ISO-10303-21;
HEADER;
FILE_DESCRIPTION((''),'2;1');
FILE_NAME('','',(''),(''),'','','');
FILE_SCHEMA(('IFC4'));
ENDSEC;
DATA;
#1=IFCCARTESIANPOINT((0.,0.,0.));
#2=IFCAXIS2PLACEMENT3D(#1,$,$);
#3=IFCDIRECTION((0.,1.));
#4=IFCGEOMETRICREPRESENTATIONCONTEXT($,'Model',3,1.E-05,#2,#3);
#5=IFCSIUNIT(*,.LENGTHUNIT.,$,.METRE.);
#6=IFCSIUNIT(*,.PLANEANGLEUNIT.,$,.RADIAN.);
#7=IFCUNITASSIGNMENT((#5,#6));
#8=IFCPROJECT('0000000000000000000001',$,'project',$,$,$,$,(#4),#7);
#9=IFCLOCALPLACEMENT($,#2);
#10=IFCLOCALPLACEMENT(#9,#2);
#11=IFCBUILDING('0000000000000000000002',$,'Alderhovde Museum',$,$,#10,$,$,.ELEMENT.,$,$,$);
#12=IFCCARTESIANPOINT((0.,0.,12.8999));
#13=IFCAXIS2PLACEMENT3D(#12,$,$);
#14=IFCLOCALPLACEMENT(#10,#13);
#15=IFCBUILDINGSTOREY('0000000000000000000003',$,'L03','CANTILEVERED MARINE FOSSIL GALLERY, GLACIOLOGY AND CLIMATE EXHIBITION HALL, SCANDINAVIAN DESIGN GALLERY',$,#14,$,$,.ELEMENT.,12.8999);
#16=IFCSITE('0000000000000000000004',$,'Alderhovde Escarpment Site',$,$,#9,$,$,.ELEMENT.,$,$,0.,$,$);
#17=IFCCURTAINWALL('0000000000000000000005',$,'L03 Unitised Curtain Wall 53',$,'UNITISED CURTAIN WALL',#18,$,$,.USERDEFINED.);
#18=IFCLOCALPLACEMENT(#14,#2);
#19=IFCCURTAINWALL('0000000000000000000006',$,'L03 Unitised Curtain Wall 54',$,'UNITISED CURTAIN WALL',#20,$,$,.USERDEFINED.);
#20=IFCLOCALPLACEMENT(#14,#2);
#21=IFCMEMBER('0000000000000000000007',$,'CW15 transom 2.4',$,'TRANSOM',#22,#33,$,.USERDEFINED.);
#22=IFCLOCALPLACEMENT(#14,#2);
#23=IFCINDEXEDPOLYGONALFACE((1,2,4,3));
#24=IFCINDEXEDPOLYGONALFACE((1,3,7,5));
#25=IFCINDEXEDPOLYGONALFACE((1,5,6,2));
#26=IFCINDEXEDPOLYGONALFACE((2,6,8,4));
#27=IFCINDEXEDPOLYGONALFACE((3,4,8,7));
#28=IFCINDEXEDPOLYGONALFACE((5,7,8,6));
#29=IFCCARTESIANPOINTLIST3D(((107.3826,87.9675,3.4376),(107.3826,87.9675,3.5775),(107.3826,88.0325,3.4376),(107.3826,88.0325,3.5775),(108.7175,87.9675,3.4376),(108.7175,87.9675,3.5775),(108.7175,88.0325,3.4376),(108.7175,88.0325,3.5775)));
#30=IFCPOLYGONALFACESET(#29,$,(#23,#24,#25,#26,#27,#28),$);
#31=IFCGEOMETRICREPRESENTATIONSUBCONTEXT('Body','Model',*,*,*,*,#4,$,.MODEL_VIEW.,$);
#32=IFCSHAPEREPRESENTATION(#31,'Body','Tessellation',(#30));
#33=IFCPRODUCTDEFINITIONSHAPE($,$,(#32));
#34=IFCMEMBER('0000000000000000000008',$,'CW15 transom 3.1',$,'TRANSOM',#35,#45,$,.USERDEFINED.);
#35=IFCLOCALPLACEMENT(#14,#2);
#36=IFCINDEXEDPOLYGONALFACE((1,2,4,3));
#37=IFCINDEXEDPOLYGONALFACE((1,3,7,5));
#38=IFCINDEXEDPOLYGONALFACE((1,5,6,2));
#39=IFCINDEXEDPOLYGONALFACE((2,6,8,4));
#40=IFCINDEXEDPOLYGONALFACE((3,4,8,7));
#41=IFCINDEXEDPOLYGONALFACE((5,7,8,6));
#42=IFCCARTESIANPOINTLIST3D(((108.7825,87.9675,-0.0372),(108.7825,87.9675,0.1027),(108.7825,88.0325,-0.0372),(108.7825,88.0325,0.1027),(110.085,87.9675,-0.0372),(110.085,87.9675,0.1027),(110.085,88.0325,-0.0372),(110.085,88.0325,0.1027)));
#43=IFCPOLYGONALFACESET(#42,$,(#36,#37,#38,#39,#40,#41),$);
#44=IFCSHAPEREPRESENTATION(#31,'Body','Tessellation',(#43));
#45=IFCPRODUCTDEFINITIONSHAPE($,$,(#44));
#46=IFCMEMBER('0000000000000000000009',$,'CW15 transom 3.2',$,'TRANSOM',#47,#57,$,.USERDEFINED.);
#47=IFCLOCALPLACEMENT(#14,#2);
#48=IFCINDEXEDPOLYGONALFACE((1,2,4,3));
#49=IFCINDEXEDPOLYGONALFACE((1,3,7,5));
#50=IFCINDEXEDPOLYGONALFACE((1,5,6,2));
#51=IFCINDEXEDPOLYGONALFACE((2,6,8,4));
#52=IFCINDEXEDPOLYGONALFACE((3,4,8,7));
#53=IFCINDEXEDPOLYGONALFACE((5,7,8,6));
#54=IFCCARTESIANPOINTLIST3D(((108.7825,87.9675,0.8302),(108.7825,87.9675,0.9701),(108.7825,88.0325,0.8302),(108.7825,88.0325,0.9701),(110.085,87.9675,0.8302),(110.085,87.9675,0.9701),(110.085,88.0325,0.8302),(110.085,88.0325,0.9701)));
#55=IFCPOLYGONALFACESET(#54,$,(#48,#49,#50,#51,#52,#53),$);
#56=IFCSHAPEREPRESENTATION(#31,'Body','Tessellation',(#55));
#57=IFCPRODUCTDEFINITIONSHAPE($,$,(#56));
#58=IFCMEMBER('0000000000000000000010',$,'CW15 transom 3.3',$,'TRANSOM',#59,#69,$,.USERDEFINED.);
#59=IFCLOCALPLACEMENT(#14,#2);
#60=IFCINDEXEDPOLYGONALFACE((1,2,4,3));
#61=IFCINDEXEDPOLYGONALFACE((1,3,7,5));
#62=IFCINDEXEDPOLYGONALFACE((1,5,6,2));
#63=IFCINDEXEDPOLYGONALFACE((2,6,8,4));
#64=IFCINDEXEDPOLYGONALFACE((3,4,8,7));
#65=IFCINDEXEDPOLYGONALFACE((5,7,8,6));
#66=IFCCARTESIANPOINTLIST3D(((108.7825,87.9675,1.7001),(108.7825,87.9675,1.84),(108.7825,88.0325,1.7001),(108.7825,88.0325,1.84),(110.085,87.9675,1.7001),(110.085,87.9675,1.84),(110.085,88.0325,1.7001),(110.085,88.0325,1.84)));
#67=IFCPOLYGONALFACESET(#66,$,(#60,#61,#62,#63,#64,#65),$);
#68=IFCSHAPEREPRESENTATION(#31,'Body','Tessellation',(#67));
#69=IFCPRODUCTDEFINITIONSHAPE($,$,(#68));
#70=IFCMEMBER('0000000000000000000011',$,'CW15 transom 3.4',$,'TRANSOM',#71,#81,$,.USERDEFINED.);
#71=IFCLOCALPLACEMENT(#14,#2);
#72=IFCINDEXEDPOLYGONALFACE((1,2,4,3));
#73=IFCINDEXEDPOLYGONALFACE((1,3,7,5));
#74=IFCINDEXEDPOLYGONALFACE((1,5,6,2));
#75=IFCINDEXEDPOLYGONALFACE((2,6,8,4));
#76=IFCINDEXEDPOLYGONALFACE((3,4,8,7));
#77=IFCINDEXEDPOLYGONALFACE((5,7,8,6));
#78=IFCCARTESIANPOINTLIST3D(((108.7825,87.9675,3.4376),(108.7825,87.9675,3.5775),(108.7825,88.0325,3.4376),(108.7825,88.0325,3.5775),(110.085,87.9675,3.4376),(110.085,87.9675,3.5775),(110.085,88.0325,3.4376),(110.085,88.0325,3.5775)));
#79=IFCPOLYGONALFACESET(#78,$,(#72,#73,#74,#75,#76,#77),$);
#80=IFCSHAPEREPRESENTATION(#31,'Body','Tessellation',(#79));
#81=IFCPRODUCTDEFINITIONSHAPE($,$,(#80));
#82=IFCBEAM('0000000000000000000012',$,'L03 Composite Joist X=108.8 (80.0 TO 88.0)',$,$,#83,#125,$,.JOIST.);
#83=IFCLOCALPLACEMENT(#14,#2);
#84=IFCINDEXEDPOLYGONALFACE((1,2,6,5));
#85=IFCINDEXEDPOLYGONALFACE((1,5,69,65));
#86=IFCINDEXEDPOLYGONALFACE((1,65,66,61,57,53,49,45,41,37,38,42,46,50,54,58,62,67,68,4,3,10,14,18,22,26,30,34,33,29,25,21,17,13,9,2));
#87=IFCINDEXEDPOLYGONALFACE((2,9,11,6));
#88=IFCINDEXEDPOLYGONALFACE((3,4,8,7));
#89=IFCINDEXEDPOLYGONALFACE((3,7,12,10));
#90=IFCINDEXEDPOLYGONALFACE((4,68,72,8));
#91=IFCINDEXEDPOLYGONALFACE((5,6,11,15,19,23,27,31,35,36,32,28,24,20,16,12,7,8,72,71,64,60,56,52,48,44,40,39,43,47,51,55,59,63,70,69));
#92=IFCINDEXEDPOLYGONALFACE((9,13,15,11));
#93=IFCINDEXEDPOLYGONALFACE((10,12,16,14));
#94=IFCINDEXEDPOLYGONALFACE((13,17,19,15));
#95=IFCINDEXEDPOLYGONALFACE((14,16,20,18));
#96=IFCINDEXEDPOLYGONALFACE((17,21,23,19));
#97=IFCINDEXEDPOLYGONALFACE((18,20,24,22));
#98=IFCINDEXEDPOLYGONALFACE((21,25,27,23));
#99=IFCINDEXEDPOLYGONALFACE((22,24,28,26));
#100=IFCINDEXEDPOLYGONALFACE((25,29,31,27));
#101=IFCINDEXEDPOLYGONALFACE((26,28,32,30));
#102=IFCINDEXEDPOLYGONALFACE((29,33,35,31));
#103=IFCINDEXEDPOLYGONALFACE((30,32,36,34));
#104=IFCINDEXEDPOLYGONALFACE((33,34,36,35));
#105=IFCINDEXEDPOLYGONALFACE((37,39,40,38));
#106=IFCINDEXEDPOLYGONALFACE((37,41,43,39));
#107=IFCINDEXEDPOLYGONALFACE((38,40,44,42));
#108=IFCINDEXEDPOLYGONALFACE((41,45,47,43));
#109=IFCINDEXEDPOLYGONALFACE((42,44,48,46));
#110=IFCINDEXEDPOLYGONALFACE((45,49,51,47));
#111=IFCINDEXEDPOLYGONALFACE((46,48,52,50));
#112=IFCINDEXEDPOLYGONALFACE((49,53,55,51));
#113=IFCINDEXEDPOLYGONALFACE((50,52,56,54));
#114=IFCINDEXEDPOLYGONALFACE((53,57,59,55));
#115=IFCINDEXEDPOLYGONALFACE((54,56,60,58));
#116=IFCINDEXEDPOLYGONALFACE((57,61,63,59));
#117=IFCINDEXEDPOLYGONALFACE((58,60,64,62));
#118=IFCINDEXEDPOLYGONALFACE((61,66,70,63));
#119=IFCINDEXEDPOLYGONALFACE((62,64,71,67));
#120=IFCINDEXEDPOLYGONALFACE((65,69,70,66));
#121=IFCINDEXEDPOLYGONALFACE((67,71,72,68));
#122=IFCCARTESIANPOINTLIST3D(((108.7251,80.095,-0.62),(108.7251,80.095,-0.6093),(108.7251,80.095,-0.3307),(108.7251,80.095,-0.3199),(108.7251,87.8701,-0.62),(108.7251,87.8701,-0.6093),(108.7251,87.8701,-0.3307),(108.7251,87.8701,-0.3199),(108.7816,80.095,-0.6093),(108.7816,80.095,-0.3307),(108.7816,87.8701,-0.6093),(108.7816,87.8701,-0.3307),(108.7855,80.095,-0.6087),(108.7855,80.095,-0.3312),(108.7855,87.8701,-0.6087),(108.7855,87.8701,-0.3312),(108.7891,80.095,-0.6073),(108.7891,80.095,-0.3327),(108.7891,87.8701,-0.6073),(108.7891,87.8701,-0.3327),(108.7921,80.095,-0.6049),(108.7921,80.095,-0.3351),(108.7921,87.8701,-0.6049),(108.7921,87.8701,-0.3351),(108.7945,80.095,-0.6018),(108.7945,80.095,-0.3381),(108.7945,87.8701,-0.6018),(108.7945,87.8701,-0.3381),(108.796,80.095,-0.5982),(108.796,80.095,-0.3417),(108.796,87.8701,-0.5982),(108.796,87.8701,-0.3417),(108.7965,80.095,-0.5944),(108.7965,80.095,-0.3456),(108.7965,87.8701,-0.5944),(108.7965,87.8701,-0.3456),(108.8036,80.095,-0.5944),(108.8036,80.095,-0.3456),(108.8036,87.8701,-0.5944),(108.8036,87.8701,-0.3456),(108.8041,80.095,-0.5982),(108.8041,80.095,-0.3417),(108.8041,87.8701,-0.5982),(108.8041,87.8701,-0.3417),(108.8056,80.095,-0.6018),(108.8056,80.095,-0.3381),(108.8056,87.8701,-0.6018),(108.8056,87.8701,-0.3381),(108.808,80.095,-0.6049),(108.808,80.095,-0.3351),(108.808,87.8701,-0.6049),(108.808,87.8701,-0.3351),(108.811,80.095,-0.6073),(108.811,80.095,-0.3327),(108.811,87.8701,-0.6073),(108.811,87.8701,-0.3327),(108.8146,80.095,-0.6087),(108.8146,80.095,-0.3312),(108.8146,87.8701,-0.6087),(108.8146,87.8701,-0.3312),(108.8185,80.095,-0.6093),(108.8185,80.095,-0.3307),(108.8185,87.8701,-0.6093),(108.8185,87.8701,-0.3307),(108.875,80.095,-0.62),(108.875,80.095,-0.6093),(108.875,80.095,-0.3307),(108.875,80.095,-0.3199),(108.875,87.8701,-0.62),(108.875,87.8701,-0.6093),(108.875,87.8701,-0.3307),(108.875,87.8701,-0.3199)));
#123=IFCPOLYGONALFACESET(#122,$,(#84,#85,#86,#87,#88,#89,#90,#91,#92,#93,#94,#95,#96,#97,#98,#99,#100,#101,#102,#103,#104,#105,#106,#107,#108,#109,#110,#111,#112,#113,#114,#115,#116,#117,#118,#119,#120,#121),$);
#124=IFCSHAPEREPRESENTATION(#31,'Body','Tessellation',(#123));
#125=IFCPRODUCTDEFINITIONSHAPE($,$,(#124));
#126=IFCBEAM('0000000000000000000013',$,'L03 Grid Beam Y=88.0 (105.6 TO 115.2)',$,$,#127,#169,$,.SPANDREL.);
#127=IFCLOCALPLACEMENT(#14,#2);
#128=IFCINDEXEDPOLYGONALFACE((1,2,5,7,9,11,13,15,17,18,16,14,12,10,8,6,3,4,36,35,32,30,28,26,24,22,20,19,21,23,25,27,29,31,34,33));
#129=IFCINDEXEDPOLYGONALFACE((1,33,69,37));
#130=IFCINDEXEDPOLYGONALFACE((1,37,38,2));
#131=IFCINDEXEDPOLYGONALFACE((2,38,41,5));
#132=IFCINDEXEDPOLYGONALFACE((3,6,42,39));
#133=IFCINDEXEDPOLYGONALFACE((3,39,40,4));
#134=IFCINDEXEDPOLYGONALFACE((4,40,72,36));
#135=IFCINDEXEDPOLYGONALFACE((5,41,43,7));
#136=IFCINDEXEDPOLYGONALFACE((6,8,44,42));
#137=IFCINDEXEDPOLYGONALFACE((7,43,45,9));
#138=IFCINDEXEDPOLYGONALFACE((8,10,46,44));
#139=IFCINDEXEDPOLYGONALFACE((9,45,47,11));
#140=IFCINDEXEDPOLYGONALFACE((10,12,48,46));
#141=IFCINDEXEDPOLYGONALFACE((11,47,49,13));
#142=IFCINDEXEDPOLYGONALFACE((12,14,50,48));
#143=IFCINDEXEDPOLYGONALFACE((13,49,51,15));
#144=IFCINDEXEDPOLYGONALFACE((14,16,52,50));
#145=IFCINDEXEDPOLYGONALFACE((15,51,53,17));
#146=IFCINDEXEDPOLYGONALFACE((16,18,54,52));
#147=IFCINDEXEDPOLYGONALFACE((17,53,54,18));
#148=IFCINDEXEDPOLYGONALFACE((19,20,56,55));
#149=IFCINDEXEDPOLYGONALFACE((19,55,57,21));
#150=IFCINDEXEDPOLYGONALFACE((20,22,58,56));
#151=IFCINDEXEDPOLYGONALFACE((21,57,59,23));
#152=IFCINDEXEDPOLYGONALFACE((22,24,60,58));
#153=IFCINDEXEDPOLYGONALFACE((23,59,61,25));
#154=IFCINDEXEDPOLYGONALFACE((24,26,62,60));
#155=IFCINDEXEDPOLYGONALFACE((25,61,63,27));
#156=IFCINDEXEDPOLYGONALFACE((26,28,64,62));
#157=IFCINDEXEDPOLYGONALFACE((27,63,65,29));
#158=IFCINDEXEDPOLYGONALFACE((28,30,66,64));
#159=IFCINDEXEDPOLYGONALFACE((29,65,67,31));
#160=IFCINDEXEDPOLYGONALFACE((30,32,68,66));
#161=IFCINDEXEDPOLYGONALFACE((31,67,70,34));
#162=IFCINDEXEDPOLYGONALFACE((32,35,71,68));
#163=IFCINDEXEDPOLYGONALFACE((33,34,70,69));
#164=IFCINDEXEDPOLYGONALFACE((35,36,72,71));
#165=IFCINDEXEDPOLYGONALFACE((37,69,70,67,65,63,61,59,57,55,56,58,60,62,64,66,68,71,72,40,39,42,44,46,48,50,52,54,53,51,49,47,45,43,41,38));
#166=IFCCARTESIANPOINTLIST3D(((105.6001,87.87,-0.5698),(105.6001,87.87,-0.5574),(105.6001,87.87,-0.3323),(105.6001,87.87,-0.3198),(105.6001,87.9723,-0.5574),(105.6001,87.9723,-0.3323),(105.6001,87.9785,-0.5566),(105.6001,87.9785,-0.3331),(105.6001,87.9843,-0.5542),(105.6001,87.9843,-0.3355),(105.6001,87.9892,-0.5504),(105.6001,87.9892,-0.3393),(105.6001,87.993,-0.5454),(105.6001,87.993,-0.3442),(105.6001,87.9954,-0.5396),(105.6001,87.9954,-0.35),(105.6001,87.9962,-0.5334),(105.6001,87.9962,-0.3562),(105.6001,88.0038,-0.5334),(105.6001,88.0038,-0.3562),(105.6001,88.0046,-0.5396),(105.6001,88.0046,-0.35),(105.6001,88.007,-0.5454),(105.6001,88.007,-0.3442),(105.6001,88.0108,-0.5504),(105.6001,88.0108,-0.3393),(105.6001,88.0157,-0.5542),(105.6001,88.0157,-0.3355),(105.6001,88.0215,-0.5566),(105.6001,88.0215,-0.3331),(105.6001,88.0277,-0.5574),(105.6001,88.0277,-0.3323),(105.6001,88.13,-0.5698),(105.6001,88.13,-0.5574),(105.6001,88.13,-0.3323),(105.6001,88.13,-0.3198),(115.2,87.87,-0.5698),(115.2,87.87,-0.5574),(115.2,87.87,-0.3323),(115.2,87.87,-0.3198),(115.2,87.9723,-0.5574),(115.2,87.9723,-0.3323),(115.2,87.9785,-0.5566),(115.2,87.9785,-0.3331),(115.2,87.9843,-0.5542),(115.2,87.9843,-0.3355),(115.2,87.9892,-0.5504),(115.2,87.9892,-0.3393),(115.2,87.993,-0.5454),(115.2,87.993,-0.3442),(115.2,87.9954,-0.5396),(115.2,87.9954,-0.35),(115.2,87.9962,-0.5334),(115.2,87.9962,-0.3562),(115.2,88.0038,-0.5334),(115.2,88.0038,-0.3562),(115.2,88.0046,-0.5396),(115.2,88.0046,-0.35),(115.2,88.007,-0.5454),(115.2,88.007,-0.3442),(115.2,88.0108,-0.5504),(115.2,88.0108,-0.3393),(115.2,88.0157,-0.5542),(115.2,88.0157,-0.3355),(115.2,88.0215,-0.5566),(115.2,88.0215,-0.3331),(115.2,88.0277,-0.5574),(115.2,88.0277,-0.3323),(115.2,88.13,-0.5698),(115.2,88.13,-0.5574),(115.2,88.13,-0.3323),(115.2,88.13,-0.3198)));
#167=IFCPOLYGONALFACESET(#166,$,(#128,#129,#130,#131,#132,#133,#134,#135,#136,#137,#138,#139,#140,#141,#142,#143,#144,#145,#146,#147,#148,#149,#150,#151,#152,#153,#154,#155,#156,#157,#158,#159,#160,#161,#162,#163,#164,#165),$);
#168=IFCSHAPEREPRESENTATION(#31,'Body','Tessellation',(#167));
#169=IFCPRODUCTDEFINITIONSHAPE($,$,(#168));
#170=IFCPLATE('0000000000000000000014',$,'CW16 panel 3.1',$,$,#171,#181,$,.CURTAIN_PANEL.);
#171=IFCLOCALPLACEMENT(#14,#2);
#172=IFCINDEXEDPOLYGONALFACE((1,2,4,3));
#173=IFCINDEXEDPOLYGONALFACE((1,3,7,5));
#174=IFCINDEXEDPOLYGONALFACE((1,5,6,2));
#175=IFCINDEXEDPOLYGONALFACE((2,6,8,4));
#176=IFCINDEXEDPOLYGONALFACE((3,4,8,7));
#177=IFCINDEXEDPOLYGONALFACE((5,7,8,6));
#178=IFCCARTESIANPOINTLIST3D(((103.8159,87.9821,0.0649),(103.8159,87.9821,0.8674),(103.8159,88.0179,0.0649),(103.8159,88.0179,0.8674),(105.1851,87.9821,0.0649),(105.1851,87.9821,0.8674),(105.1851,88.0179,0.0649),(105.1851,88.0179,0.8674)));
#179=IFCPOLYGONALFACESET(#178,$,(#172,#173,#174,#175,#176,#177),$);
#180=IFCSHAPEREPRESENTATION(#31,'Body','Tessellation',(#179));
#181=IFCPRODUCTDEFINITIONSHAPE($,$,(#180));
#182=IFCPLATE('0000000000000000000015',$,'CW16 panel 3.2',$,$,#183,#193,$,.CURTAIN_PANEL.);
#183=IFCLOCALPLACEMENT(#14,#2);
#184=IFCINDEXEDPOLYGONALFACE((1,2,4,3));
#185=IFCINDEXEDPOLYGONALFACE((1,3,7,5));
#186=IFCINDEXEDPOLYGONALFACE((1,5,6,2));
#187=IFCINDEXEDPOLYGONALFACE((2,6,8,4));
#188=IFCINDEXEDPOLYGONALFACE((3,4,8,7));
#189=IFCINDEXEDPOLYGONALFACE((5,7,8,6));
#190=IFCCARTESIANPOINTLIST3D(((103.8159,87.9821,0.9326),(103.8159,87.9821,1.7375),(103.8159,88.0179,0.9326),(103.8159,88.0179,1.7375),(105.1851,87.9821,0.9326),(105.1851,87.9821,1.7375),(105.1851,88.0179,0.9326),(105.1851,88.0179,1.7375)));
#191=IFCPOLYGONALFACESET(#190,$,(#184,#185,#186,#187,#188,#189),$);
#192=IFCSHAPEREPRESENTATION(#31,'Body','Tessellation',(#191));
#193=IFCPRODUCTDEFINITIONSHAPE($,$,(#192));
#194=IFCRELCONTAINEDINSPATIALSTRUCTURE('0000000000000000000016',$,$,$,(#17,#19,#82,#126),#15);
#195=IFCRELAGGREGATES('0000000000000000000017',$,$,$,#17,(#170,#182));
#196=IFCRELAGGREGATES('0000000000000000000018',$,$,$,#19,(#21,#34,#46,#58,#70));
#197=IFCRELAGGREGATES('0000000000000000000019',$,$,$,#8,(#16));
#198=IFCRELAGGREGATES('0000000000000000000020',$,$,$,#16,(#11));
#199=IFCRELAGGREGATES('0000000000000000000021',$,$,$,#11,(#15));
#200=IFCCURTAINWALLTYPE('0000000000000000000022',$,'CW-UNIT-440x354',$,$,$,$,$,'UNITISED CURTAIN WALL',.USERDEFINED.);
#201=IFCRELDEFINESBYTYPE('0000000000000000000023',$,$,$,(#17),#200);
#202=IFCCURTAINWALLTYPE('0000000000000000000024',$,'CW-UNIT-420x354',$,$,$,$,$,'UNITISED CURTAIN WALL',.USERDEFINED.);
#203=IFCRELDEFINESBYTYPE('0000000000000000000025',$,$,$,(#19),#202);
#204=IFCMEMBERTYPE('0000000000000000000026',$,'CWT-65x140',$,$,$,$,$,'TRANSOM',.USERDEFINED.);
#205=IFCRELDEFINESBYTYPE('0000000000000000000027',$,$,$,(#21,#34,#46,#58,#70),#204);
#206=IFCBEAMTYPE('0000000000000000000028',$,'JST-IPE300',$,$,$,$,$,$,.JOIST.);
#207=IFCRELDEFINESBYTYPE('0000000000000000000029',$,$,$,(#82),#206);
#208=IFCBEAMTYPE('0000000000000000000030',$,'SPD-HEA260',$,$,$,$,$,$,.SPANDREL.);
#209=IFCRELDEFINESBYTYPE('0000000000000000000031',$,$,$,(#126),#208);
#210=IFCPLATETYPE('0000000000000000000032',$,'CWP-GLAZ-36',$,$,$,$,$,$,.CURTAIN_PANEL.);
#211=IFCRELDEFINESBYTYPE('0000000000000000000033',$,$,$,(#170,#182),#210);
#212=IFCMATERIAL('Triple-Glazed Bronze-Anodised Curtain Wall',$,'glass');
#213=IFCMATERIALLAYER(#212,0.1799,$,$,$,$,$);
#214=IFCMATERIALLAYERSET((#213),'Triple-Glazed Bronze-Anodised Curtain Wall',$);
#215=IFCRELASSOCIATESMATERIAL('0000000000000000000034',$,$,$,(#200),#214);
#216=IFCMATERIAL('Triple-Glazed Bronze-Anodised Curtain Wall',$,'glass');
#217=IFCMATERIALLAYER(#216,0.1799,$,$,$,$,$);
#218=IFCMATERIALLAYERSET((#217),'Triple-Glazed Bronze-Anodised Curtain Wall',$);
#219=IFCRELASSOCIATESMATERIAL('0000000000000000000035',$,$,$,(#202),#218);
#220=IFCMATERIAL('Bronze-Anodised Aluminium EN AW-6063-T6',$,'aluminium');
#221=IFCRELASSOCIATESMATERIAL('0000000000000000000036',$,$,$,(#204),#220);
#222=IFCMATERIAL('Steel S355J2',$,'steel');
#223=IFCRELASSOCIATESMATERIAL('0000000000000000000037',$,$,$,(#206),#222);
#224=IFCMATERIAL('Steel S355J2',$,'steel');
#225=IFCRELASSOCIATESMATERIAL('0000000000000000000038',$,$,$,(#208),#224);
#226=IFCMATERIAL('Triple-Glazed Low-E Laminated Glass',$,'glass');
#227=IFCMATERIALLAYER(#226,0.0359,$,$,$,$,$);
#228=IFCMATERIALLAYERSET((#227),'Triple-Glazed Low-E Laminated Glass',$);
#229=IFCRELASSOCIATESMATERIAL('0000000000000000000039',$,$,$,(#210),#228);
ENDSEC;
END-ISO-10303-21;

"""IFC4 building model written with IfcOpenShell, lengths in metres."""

from ifc_helpers import new_model, si_unit, direction, frame, origin, origin_2d, place, context, subcontext, project, spatial, rectangle, i_section, extrude, material, layer, layer_set, material_profile, profile_set, type_object, element, aggregate, save


model = new_model("IFC4")

# Units and contexts
model_context = context("Model", 3, precision=1e-05, world=origin(), true_north=direction((0.0, 1.0)))
body_context = subcontext(model_context, "Body", "Model", "MODEL_VIEW")
ifc_project = project(units=[si_unit("LENGTHUNIT", "METRE"), si_unit("PLANEANGLEUNIT", "RADIAN")], contexts=[model_context])

# Site, building, storey
site_placement = place(None, origin())
site = spatial("IfcSite", under=ifc_project, at=site_placement, Name="Alderhovde Escarpment Site", CompositionType="ELEMENT", RefElevation=0.0)
building_placement = place(site_placement, origin())
building = spatial("IfcBuilding", under=site, at=building_placement, Name="Alderhovde Museum", CompositionType="ELEMENT")
storey_placement = place(building_placement, frame((0.0, 0.0, 12.8999)))
storey = spatial("IfcBuildingStorey", under=building, at=storey_placement, Name="L03", Description="CANTILEVERED MARINE FOSSIL GALLERY, GLACIOLOGY AND CLIMATE EXHIBITION HALL, SCANDINAVIAN DESIGN GALLERY", CompositionType="ELEMENT", Elevation=12.8999)

# Curtain wall
ifc_material_1 = material(Name="Triple-Glazed Bronze-Anodised Curtain Wall", Category="glass")
ifc_layer_1 = layer(ifc_material_1, 0.1799)
ifc_layer_set_1 = layer_set([ifc_layer_1], Name="Triple-Glazed Bronze-Anodised Curtain Wall")
curtain_wall_type_1 = type_object("IfcCurtainWallType", Name="CW-UNIT-440x354", ElementType="UNITISED CURTAIN WALL", PredefinedType="USERDEFINED", material=ifc_layer_set_1)
curtain_wall_1_placement = place(storey_placement, origin())
curtain_wall_1 = element("IfcCurtainWall", 1, at=curtain_wall_1_placement, inside=storey, type_object=curtain_wall_type_1, Name="L03 Unitised Curtain Wall 53", ObjectType="UNITISED CURTAIN WALL", PredefinedType="USERDEFINED")

# Curtain wall, members
ifc_material_2 = material(Name="Triple-Glazed Bronze-Anodised Curtain Wall", Category="glass")
ifc_layer_2 = layer(ifc_material_2, 0.1799)
ifc_layer_set_2 = layer_set([ifc_layer_2], Name="Triple-Glazed Bronze-Anodised Curtain Wall")
curtain_wall_type_2 = type_object("IfcCurtainWallType", Name="CW-UNIT-420x354", ElementType="UNITISED CURTAIN WALL", PredefinedType="USERDEFINED", material=ifc_layer_set_2)
curtain_wall_2_placement = place(storey_placement, origin())
curtain_wall_2 = element("IfcCurtainWall", 2, at=curtain_wall_2_placement, inside=storey, type_object=curtain_wall_type_2, Name="L03 Unitised Curtain Wall 54", ObjectType="UNITISED CURTAIN WALL", PredefinedType="USERDEFINED")
ifc_material_3 = material(Name="Bronze-Anodised Aluminium EN AW-6063-T6", Category="aluminium")
ifc_material_profile_1 = material_profile(ifc_material_3, rectangle(XDim=0.0649, YDim=0.1399, at=origin_2d()), Name="TRANSOM 65x140")
ifc_profile_set_1 = profile_set([ifc_material_profile_1], Name="Bronze-Anodised Aluminium EN AW-6063-T6")
member_type_1 = type_object("IfcMemberType", Name="CWT-65x140", ElementType="TRANSOM", PredefinedType="USERDEFINED", material=ifc_profile_set_1)
member_1_placement = place(storey_placement, frame((107.3826, 88.0, 3.5076), z_axis=(1.0, 0.0, 0.0), x_axis=(0.0, 1.0, 0.0)))
member_1 = element("IfcMember", 3, at=member_1_placement, type_object=member_type_1, Name="CW15 transom 2.4", ObjectType="TRANSOM", PredefinedType="USERDEFINED", context=body_context, shape_type="SweptSolid", body=[
    extrude(rectangle(XDim=0.0649, YDim=0.1399, at=origin_2d()), origin(), (0.0, 0.0, 1.0), 1.335),
])
member_2_placement = place(storey_placement, frame((108.7825, 88.0, 0.0327), z_axis=(1.0, 0.0, 0.0), x_axis=(0.0, 1.0, 0.0)))
member_2 = element("IfcMember", 4, at=member_2_placement, type_object=member_type_1, Name="CW15 transom 3.1", ObjectType="TRANSOM", PredefinedType="USERDEFINED", context=body_context, shape_type="SweptSolid", body=[
    extrude(rectangle(XDim=0.0649, YDim=0.1399, at=origin_2d()), origin(), (0.0, 0.0, 1.0), 1.3025),
])
member_3_placement = place(storey_placement, frame((108.7825, 88.0, 0.9001), z_axis=(1.0, 0.0, 0.0), x_axis=(0.0, 1.0, 0.0)))
member_3 = element("IfcMember", 5, at=member_3_placement, type_object=member_type_1, Name="CW15 transom 3.2", ObjectType="TRANSOM", PredefinedType="USERDEFINED", context=body_context, shape_type="SweptSolid", body=[
    extrude(rectangle(XDim=0.0649, YDim=0.1399, at=origin_2d()), origin(), (0.0, 0.0, 1.0), 1.3025),
])
member_4_placement = place(storey_placement, frame((108.7825, 88.0, 1.77), z_axis=(1.0, 0.0, 0.0), x_axis=(0.0, 1.0, 0.0)))
member_4 = element("IfcMember", 6, at=member_4_placement, type_object=member_type_1, Name="CW15 transom 3.3", ObjectType="TRANSOM", PredefinedType="USERDEFINED", context=body_context, shape_type="SweptSolid", body=[
    extrude(rectangle(XDim=0.0649, YDim=0.1399, at=origin_2d()), origin(), (0.0, 0.0, 1.0), 1.3025),
])
member_5_placement = place(storey_placement, frame((108.7825, 88.0, 3.5076), z_axis=(1.0, 0.0, 0.0), x_axis=(0.0, 1.0, 0.0)))
member_5 = element("IfcMember", 7, at=member_5_placement, type_object=member_type_1, Name="CW15 transom 3.4", ObjectType="TRANSOM", PredefinedType="USERDEFINED", context=body_context, shape_type="SweptSolid", body=[
    extrude(rectangle(XDim=0.0649, YDim=0.1399, at=origin_2d()), origin(), (0.0, 0.0, 1.0), 1.3025),
])

# Beams
ifc_material_4 = material(Name="Steel S355J2", Category="steel")
ifc_material_profile_2 = material_profile(ifc_material_4, i_section(OverallWidth=0.1499, OverallDepth=0.3, WebThickness=0.0071, FlangeThickness=0.0107, FilletRadius=0.0149, at=origin_2d()), Name="IPE 300")
ifc_profile_set_2 = profile_set([ifc_material_profile_2], Name="Steel S355J2")
beam_type_1 = type_object("IfcBeamType", Name="JST-IPE300", PredefinedType="JOIST", material=ifc_profile_set_2)
beam_1_placement = place(storey_placement, frame((108.8, 80.095, -0.47), z_axis=(0.0, 1.0, 0.0), x_axis=(-1.0, 0.0, 0.0)))
element("IfcBeam", 8, at=beam_1_placement, inside=storey, type_object=beam_type_1, Name="L03 Composite Joist X=108.8 (80.0 TO 88.0)", PredefinedType="JOIST", context=body_context, shape_type="SweptSolid", body=[
    extrude(i_section(OverallWidth=0.1499, OverallDepth=0.3, WebThickness=0.0071, FlangeThickness=0.0107, FilletRadius=0.0149, at=origin_2d()), origin(), (0.0, 0.0, 1.0), 7.7751),
])
ifc_material_5 = material(Name="Steel S355J2", Category="steel")
ifc_material_profile_3 = material_profile(ifc_material_5, i_section(OverallWidth=0.26, OverallDepth=0.25, WebThickness=0.0076, FlangeThickness=0.0125, FilletRadius=0.0239, at=origin_2d()), Name="HEA 260")
ifc_profile_set_3 = profile_set([ifc_material_profile_3], Name="Steel S355J2")
beam_type_2 = type_object("IfcBeamType", Name="SPD-HEA260", PredefinedType="SPANDREL", material=ifc_profile_set_3)
beam_2_placement = place(storey_placement, frame((105.6001, 88.0, -0.4448), z_axis=(1.0, 0.0, 0.0), x_axis=(0.0, 1.0, 0.0)))
element("IfcBeam", 9, at=beam_2_placement, inside=storey, type_object=beam_type_2, Name="L03 Grid Beam Y=88.0 (105.6 TO 115.2)", PredefinedType="SPANDREL", context=body_context, shape_type="SweptSolid", body=[
    extrude(i_section(OverallWidth=0.26, OverallDepth=0.25, WebThickness=0.0076, FlangeThickness=0.0125, FilletRadius=0.0239, at=origin_2d()), origin(), (0.0, 0.0, 1.0), 9.5999),
])

# Plates
ifc_material_6 = material(Name="Triple-Glazed Low-E Laminated Glass", Category="glass")
ifc_layer_3 = layer(ifc_material_6, 0.0359)
ifc_layer_set_3 = layer_set([ifc_layer_3], Name="Triple-Glazed Low-E Laminated Glass")
plate_type_1 = type_object("IfcPlateType", Name="CWP-GLAZ-36", PredefinedType="CURTAIN_PANEL", material=ifc_layer_set_3)
plate_1_placement = place(storey_placement, frame((104.5005, 88.0, 0.0649), z_axis=(0.0, 0.0, 1.0), x_axis=(1.0, 0.0, 0.0)))
plate_1 = element("IfcPlate", 10, at=plate_1_placement, type_object=plate_type_1, Name="CW16 panel 3.1", PredefinedType="CURTAIN_PANEL", context=body_context, shape_type="SweptSolid", body=[
    extrude(rectangle(XDim=1.3691, YDim=0.0359, at=origin_2d()), origin(), (0.0, 0.0, 1.0), 0.8025),
])
plate_2_placement = place(storey_placement, frame((104.5005, 88.0, 0.9326), z_axis=(0.0, 0.0, 1.0), x_axis=(1.0, 0.0, 0.0)))
plate_2 = element("IfcPlate", 11, at=plate_2_placement, type_object=plate_type_1, Name="CW16 panel 3.2", PredefinedType="CURTAIN_PANEL", context=body_context, shape_type="SweptSolid", body=[
    extrude(rectangle(XDim=1.3691, YDim=0.0359, at=origin_2d()), origin(), (0.0, 0.0, 1.0), 0.8049),
])
aggregate(curtain_wall_1, [plate_1, plate_2])
aggregate(curtain_wall_2, [member_1, member_2, member_3, member_4, member_5])

save(model, "model.ifc")
